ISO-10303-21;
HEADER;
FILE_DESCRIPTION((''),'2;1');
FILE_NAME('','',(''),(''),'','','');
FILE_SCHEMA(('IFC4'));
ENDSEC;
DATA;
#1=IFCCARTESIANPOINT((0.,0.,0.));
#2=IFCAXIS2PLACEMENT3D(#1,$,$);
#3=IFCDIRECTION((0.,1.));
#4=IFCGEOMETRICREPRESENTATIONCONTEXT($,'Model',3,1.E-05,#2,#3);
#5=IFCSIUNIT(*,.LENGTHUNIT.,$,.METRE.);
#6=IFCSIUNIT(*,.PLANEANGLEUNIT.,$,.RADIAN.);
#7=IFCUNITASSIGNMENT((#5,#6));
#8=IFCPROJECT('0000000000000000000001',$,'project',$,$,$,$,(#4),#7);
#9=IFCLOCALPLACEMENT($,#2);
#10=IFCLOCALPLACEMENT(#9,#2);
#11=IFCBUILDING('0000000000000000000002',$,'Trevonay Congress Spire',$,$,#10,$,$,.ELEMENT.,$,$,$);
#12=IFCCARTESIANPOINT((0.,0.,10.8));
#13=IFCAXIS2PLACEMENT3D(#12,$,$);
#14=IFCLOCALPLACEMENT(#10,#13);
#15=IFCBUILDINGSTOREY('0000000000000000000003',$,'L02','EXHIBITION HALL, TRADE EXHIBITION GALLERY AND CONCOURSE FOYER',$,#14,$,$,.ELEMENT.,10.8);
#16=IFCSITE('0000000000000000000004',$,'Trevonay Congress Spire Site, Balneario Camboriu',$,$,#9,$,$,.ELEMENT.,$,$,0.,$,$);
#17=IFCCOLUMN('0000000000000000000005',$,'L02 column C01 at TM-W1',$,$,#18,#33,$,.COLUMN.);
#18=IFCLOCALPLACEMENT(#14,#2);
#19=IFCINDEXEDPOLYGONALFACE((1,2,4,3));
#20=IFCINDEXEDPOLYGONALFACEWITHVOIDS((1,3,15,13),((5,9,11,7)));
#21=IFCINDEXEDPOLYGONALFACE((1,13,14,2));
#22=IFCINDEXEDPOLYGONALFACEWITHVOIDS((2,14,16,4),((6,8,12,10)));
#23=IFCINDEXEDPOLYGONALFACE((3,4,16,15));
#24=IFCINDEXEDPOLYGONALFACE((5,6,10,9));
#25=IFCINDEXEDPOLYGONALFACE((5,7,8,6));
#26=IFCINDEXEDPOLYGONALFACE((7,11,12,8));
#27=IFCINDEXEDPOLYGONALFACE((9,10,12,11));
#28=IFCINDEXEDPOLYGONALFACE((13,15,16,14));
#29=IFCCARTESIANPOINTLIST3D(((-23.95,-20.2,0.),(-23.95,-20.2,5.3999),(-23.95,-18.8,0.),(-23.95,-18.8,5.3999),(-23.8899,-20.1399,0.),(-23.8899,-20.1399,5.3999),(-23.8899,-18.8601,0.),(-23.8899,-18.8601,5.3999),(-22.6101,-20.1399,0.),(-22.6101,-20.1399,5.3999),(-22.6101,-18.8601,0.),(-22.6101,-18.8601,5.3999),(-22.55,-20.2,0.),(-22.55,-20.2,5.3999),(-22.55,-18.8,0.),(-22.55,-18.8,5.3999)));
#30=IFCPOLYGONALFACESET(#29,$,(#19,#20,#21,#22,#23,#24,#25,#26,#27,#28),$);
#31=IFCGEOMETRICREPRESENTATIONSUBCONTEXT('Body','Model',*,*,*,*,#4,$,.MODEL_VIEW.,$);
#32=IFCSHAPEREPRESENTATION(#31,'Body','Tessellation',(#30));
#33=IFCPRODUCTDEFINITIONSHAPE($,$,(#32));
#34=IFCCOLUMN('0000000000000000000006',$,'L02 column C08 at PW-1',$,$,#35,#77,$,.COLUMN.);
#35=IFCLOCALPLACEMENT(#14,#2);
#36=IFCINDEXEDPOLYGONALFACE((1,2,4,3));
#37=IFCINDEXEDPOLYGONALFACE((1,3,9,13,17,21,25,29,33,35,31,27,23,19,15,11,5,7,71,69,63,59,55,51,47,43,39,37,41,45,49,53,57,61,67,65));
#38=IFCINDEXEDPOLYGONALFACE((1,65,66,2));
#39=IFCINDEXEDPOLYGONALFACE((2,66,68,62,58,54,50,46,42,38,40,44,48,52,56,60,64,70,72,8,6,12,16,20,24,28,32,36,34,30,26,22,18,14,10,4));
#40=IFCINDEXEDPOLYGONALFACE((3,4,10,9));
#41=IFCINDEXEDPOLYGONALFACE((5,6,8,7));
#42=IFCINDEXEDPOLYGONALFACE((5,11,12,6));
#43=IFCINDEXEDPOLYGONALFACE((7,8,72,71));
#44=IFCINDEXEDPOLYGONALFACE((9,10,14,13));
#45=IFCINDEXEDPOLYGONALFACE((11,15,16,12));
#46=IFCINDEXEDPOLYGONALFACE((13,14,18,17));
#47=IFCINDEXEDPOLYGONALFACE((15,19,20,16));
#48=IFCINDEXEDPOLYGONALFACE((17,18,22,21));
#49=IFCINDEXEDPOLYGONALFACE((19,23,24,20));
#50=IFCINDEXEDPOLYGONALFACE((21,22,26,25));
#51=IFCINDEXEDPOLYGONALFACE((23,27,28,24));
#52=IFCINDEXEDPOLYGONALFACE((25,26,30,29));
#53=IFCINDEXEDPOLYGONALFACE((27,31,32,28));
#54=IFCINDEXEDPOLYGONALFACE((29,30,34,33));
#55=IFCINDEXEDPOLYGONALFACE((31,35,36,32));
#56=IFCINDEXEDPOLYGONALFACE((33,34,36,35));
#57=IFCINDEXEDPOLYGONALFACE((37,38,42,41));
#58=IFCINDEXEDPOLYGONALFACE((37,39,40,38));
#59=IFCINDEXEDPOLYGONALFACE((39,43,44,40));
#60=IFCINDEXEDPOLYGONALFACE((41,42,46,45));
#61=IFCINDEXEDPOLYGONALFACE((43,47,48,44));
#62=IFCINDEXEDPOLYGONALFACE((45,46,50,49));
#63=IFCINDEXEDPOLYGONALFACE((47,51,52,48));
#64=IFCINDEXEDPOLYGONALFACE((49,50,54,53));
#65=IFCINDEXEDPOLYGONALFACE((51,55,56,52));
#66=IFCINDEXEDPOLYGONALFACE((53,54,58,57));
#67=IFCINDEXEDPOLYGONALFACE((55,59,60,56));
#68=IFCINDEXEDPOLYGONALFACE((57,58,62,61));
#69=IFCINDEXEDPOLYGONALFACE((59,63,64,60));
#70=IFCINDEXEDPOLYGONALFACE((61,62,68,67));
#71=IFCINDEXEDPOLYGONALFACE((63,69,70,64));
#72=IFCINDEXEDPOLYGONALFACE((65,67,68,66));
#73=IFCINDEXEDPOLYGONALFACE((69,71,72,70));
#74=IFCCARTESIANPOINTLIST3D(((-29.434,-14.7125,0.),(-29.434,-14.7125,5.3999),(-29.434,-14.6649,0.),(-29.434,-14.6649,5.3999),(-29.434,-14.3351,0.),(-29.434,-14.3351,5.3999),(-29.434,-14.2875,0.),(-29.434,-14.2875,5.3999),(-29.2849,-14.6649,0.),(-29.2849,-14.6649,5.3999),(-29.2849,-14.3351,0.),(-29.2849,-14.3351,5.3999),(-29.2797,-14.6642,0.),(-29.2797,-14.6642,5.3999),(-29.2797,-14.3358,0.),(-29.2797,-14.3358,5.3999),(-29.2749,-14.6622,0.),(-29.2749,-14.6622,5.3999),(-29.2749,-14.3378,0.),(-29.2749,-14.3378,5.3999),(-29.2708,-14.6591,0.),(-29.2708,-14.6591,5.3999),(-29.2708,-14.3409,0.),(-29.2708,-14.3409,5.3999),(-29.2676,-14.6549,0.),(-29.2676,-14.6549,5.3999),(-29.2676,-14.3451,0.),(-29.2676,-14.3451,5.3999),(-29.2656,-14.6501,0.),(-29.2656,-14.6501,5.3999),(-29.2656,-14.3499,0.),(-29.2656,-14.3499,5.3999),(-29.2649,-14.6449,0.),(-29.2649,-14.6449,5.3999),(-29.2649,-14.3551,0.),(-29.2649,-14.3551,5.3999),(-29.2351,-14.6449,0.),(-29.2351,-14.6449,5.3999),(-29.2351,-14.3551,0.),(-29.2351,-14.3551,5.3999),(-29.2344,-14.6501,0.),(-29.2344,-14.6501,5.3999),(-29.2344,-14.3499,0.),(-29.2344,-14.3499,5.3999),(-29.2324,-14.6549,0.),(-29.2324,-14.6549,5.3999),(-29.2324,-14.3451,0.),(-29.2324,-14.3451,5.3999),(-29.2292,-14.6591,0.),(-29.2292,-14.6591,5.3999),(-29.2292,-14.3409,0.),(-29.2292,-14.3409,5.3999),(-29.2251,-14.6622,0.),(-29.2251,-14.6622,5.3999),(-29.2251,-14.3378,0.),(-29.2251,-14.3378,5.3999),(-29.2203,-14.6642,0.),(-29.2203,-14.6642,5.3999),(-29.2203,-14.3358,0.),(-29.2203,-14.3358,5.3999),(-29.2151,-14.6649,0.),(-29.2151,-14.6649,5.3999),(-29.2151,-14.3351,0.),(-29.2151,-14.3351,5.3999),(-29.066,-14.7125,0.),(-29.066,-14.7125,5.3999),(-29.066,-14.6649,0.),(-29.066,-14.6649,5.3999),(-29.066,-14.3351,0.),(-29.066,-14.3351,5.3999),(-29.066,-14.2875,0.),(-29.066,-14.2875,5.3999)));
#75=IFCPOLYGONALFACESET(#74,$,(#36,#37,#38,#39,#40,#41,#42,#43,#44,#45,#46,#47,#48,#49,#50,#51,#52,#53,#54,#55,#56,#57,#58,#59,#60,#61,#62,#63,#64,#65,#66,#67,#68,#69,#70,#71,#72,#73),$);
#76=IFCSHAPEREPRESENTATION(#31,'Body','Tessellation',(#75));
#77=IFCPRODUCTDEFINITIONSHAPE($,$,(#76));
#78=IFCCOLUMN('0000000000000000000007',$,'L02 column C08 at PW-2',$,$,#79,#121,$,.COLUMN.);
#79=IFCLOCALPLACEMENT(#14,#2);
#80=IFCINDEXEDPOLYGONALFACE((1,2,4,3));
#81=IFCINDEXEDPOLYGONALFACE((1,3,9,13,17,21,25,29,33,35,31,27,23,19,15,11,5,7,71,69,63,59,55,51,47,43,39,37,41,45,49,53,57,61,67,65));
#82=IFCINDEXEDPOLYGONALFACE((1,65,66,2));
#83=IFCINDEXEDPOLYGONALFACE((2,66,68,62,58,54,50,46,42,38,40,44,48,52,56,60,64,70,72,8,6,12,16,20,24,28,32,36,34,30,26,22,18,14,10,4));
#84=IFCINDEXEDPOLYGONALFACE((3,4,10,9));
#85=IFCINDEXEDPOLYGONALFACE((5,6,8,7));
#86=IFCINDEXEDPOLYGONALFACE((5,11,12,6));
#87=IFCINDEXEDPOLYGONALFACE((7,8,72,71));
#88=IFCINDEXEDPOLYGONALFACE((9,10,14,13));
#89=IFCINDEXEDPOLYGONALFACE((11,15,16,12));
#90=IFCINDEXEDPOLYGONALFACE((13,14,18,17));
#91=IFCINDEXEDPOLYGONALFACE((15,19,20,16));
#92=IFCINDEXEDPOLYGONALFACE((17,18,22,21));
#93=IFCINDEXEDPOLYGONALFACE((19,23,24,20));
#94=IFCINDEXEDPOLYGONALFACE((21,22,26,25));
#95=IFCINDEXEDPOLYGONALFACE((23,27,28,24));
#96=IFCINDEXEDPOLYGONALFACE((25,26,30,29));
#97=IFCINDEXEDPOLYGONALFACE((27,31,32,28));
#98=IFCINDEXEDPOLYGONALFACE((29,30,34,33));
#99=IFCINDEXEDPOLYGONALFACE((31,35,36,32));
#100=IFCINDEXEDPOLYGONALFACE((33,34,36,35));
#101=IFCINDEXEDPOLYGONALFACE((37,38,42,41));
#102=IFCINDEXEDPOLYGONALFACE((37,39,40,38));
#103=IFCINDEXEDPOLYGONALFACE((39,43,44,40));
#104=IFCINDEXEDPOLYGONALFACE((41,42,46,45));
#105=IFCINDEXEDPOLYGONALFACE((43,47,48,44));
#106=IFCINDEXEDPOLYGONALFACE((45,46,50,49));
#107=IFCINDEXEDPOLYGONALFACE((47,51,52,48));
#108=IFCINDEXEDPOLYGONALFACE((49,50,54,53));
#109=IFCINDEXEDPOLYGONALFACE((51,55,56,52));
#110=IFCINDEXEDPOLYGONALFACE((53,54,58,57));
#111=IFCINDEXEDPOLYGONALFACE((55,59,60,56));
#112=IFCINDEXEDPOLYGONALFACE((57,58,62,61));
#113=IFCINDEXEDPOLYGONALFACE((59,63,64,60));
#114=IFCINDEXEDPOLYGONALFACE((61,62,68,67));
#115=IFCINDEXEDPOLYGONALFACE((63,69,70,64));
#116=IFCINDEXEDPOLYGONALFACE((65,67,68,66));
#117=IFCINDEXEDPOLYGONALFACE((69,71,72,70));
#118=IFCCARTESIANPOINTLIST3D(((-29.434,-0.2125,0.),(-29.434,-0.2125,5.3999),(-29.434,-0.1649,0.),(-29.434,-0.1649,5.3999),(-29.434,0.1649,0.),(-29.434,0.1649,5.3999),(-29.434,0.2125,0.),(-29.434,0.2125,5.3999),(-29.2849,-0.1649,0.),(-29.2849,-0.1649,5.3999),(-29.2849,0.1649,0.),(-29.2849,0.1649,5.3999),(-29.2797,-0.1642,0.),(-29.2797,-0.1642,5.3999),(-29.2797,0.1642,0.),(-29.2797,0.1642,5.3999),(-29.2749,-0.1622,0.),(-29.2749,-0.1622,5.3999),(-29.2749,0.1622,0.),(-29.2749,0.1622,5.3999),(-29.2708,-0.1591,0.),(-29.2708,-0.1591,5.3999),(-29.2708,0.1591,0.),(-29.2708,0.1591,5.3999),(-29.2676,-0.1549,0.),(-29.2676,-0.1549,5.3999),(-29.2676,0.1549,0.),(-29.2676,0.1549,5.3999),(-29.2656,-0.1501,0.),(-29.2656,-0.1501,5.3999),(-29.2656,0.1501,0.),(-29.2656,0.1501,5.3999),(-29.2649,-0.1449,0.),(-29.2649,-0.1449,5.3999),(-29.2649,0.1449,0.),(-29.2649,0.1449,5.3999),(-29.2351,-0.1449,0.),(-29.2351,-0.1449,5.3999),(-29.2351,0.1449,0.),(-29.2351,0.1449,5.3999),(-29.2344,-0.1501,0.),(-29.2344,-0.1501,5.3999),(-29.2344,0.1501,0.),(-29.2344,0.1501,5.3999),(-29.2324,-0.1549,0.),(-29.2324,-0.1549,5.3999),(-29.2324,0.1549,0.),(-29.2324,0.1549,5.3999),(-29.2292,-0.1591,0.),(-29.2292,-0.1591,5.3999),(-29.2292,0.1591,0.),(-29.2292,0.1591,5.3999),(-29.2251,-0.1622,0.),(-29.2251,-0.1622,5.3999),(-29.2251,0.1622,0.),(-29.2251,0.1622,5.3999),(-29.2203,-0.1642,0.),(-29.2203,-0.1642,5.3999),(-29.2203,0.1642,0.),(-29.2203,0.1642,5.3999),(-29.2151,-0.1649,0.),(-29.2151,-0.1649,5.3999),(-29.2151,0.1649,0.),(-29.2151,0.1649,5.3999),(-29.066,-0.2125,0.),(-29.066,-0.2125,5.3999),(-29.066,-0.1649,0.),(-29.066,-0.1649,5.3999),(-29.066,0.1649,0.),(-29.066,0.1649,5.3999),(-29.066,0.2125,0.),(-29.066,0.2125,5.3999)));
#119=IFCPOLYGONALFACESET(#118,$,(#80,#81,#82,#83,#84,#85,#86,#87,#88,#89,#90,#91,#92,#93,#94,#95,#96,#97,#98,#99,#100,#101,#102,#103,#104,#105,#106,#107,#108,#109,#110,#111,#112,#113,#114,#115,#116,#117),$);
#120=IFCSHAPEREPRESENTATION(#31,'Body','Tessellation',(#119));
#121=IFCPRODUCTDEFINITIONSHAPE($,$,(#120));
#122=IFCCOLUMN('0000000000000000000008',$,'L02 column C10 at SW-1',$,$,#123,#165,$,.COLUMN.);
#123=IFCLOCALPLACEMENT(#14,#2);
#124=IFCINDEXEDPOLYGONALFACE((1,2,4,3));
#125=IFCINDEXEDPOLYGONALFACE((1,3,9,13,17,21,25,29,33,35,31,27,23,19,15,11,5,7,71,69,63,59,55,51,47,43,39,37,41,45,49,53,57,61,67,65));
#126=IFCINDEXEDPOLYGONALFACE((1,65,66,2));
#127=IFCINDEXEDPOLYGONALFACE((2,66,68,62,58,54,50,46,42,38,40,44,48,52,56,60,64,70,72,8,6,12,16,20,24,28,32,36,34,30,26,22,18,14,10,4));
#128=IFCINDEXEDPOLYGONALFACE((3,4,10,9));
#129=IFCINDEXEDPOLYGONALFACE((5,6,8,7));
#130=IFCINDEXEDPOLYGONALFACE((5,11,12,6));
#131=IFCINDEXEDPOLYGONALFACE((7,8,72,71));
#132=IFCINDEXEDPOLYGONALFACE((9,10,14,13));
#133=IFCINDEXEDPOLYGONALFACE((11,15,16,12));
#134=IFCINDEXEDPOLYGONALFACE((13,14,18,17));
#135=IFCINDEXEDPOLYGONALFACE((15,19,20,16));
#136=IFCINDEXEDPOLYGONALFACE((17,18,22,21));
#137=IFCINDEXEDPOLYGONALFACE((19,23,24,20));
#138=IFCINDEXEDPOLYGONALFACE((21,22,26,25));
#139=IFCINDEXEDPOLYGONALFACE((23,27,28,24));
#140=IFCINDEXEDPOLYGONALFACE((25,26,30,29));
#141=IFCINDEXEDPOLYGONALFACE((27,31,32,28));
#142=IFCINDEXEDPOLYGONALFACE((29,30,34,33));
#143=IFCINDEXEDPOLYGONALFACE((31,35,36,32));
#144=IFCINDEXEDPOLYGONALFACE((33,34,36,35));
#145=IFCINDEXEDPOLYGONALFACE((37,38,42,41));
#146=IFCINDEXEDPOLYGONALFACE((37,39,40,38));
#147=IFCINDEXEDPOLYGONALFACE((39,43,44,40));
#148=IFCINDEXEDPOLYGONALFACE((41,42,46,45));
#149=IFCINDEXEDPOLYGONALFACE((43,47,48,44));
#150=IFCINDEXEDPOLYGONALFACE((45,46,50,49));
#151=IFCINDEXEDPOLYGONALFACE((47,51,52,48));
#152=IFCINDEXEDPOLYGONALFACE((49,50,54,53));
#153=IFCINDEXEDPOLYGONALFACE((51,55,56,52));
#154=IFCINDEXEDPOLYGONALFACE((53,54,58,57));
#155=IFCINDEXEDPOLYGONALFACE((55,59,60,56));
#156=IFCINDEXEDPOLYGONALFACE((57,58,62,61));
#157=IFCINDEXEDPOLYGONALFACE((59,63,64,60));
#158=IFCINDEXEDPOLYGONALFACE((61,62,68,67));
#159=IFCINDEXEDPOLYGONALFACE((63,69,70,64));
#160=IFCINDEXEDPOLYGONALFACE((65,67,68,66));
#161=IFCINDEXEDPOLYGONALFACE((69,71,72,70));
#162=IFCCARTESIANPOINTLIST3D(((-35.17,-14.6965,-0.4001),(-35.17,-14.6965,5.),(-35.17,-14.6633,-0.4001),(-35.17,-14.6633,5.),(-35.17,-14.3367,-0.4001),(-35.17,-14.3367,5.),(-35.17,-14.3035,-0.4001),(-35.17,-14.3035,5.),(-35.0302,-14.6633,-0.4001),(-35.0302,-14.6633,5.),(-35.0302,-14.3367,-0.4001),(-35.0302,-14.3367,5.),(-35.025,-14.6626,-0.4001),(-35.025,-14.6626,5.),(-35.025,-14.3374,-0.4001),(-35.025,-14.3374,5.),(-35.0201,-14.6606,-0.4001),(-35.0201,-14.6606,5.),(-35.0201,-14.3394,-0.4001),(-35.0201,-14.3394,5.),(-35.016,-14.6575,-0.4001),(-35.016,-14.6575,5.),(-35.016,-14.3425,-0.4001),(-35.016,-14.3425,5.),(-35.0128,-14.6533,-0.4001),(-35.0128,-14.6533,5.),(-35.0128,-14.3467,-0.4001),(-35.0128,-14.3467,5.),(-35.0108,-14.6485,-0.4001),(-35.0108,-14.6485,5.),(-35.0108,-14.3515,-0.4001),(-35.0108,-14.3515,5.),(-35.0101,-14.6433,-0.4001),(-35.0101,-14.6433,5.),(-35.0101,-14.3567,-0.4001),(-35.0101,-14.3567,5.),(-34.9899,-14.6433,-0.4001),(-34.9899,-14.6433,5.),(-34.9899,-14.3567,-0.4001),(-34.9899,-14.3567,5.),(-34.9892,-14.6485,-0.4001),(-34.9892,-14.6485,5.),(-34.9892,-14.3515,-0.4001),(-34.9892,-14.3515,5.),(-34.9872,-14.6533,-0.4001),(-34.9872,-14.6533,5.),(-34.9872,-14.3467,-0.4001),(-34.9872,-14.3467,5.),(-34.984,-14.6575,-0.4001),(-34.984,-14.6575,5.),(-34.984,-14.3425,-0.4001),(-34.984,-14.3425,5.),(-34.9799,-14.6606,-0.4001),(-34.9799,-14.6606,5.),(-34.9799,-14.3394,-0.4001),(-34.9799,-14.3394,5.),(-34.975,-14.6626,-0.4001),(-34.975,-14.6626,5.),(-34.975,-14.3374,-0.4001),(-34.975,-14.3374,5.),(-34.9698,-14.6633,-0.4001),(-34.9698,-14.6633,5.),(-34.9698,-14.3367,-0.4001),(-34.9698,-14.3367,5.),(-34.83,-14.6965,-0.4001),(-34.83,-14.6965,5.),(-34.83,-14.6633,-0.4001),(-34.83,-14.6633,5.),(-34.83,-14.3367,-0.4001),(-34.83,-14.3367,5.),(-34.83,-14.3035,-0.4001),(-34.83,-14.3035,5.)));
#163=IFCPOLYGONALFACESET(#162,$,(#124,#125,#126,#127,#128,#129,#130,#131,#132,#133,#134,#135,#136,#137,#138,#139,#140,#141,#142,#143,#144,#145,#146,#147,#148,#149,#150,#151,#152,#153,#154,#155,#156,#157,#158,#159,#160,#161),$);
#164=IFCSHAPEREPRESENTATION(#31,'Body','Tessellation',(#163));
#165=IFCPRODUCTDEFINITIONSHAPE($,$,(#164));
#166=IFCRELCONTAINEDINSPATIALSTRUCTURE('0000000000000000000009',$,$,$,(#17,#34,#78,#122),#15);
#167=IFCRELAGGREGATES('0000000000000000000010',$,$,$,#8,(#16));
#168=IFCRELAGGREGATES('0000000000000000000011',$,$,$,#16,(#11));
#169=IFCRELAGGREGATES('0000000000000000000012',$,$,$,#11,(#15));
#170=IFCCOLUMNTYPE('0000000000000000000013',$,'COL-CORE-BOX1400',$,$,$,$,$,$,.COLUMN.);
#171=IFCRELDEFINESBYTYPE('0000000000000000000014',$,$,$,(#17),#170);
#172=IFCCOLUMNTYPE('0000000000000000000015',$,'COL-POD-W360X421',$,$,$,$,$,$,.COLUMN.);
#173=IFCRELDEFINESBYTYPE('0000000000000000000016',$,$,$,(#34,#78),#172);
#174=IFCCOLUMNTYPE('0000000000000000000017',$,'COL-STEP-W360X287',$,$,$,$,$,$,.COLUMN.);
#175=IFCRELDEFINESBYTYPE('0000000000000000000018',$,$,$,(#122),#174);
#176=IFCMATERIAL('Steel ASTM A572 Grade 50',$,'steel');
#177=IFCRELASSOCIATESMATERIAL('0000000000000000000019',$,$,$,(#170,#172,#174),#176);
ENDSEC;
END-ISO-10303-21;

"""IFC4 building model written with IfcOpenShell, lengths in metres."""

from ifc_helpers import new_model, si_unit, direction, frame, origin, origin_2d, place, context, subcontext, project, spatial, hollow_rectangle, i_section, extrude, material, material_profile, profile_set, type_object, element, save


model = new_model("IFC4")

# Units and contexts
model_context = context("Model", 3, precision=1e-05, world=origin(), true_north=direction((0.0, 1.0)))
body_context = subcontext(model_context, "Body", "Model", "MODEL_VIEW")
ifc_project = project(units=[si_unit("LENGTHUNIT", "METRE"), si_unit("PLANEANGLEUNIT", "RADIAN")], contexts=[model_context])

# Site, building, storey
site_placement = place(None, origin())
site = spatial("IfcSite", under=ifc_project, at=site_placement, Name="Trevonay Congress Spire Site, Balneario Camboriu", CompositionType="ELEMENT", RefElevation=0.0)
building_placement = place(site_placement, origin())
building = spatial("IfcBuilding", under=site, at=building_placement, Name="Trevonay Congress Spire", CompositionType="ELEMENT")
storey_placement = place(building_placement, frame((0.0, 0.0, 10.8)))
storey = spatial("IfcBuildingStorey", under=building, at=storey_placement, Name="L02", Description="EXHIBITION HALL, TRADE EXHIBITION GALLERY AND CONCOURSE FOYER", CompositionType="ELEMENT", Elevation=10.8)

# Columns
ifc_material_1 = material(Name="Steel ASTM A572 Grade 50", Category="steel")
ifc_material_profile_1 = material_profile(ifc_material_1, hollow_rectangle(XDim=1.3999, YDim=1.3999, WallThickness=0.0601, at=origin_2d()), Name="BOX 1400x1400x60")
ifc_profile_set_1 = profile_set([ifc_material_profile_1], Name="Steel ASTM A572 Grade 50")
column_type_1 = type_object("IfcColumnType", Name="COL-CORE-BOX1400", PredefinedType="COLUMN", material=ifc_profile_set_1)
column_placement = place(storey_placement, frame((-23.25, -19.5, 0.0), z_axis=(0.0, 0.0, 1.0), x_axis=(1.0, 0.0, 0.0)))
element("IfcColumn", 1, at=column_placement, inside=storey, type_object=column_type_1, Name="L02 column C01 at TM-W1", PredefinedType="COLUMN", context=body_context, shape_type="SweptSolid", body=[
    extrude(hollow_rectangle(XDim=1.3999, YDim=1.3999, WallThickness=0.0601, at=origin_2d()), origin(), (0.0, 0.0, 1.0), 5.3999),
])
ifc_material_profile_2 = material_profile(ifc_material_1, i_section(OverallWidth=0.3679, OverallDepth=0.425, WebThickness=0.0298, FlangeThickness=0.0476, FilletRadius=0.02, at=origin_2d()), Name="W360x421")
ifc_profile_set_2 = profile_set([ifc_material_profile_2], Name="Steel ASTM A572 Grade 50")
column_type_2 = type_object("IfcColumnType", Name="COL-POD-W360X421", PredefinedType="COLUMN", material=ifc_profile_set_2)
for number, where, z_axis, x_axis, name in (
    (2, (-29.25, -14.5, 0.0), (0.0, 0.0, 1.0), (1.0, 0.0, 0.0), "L02 column C08 at PW-1"),
    (3, (-29.25, 0.0, 0.0), (0.0, 0.0, 1.0), (1.0, 0.0, 0.0), "L02 column C08 at PW-2"),
):
    element("IfcColumn", number, at=place(storey_placement, frame(where, z_axis=z_axis, x_axis=x_axis)), inside=storey, type_object=column_type_2, Name=name, PredefinedType="COLUMN", context=body_context, shape_type="SweptSolid", body=[
        extrude(i_section(OverallWidth=0.3679, OverallDepth=0.425, WebThickness=0.0298, FlangeThickness=0.0476, FilletRadius=0.02, at=origin_2d()), origin(), (0.0, 0.0, 1.0), 5.3999),
    ])
ifc_material_profile_3 = material_profile(ifc_material_1, i_section(OverallWidth=0.3401, OverallDepth=0.3931, WebThickness=0.0203, FlangeThickness=0.0332, FilletRadius=0.02, at=origin_2d()), Name="W360x287")
ifc_profile_set_3 = profile_set([ifc_material_profile_3], Name="Steel ASTM A572 Grade 50")
column_type_3 = type_object("IfcColumnType", Name="COL-STEP-W360X287", PredefinedType="COLUMN", material=ifc_profile_set_3)
for number, where, z_axis, x_axis, name in (
    (4, (-35.0, -14.5, -0.4001), (0.0, 0.0, 1.0), (1.0, 0.0, 0.0), "L02 column C10 at SW-1"),
):
    element("IfcColumn", number, at=place(storey_placement, frame(where, z_axis=z_axis, x_axis=x_axis)), inside=storey, type_object=column_type_3, Name=name, PredefinedType="COLUMN", context=body_context, shape_type="SweptSolid", body=[
        extrude(i_section(OverallWidth=0.3401, OverallDepth=0.3931, WebThickness=0.0203, FlangeThickness=0.0332, FilletRadius=0.02, at=origin_2d()), origin(), (0.0, 0.0, 1.0), 5.4001),
    ])

save(model, "model.ifc")
